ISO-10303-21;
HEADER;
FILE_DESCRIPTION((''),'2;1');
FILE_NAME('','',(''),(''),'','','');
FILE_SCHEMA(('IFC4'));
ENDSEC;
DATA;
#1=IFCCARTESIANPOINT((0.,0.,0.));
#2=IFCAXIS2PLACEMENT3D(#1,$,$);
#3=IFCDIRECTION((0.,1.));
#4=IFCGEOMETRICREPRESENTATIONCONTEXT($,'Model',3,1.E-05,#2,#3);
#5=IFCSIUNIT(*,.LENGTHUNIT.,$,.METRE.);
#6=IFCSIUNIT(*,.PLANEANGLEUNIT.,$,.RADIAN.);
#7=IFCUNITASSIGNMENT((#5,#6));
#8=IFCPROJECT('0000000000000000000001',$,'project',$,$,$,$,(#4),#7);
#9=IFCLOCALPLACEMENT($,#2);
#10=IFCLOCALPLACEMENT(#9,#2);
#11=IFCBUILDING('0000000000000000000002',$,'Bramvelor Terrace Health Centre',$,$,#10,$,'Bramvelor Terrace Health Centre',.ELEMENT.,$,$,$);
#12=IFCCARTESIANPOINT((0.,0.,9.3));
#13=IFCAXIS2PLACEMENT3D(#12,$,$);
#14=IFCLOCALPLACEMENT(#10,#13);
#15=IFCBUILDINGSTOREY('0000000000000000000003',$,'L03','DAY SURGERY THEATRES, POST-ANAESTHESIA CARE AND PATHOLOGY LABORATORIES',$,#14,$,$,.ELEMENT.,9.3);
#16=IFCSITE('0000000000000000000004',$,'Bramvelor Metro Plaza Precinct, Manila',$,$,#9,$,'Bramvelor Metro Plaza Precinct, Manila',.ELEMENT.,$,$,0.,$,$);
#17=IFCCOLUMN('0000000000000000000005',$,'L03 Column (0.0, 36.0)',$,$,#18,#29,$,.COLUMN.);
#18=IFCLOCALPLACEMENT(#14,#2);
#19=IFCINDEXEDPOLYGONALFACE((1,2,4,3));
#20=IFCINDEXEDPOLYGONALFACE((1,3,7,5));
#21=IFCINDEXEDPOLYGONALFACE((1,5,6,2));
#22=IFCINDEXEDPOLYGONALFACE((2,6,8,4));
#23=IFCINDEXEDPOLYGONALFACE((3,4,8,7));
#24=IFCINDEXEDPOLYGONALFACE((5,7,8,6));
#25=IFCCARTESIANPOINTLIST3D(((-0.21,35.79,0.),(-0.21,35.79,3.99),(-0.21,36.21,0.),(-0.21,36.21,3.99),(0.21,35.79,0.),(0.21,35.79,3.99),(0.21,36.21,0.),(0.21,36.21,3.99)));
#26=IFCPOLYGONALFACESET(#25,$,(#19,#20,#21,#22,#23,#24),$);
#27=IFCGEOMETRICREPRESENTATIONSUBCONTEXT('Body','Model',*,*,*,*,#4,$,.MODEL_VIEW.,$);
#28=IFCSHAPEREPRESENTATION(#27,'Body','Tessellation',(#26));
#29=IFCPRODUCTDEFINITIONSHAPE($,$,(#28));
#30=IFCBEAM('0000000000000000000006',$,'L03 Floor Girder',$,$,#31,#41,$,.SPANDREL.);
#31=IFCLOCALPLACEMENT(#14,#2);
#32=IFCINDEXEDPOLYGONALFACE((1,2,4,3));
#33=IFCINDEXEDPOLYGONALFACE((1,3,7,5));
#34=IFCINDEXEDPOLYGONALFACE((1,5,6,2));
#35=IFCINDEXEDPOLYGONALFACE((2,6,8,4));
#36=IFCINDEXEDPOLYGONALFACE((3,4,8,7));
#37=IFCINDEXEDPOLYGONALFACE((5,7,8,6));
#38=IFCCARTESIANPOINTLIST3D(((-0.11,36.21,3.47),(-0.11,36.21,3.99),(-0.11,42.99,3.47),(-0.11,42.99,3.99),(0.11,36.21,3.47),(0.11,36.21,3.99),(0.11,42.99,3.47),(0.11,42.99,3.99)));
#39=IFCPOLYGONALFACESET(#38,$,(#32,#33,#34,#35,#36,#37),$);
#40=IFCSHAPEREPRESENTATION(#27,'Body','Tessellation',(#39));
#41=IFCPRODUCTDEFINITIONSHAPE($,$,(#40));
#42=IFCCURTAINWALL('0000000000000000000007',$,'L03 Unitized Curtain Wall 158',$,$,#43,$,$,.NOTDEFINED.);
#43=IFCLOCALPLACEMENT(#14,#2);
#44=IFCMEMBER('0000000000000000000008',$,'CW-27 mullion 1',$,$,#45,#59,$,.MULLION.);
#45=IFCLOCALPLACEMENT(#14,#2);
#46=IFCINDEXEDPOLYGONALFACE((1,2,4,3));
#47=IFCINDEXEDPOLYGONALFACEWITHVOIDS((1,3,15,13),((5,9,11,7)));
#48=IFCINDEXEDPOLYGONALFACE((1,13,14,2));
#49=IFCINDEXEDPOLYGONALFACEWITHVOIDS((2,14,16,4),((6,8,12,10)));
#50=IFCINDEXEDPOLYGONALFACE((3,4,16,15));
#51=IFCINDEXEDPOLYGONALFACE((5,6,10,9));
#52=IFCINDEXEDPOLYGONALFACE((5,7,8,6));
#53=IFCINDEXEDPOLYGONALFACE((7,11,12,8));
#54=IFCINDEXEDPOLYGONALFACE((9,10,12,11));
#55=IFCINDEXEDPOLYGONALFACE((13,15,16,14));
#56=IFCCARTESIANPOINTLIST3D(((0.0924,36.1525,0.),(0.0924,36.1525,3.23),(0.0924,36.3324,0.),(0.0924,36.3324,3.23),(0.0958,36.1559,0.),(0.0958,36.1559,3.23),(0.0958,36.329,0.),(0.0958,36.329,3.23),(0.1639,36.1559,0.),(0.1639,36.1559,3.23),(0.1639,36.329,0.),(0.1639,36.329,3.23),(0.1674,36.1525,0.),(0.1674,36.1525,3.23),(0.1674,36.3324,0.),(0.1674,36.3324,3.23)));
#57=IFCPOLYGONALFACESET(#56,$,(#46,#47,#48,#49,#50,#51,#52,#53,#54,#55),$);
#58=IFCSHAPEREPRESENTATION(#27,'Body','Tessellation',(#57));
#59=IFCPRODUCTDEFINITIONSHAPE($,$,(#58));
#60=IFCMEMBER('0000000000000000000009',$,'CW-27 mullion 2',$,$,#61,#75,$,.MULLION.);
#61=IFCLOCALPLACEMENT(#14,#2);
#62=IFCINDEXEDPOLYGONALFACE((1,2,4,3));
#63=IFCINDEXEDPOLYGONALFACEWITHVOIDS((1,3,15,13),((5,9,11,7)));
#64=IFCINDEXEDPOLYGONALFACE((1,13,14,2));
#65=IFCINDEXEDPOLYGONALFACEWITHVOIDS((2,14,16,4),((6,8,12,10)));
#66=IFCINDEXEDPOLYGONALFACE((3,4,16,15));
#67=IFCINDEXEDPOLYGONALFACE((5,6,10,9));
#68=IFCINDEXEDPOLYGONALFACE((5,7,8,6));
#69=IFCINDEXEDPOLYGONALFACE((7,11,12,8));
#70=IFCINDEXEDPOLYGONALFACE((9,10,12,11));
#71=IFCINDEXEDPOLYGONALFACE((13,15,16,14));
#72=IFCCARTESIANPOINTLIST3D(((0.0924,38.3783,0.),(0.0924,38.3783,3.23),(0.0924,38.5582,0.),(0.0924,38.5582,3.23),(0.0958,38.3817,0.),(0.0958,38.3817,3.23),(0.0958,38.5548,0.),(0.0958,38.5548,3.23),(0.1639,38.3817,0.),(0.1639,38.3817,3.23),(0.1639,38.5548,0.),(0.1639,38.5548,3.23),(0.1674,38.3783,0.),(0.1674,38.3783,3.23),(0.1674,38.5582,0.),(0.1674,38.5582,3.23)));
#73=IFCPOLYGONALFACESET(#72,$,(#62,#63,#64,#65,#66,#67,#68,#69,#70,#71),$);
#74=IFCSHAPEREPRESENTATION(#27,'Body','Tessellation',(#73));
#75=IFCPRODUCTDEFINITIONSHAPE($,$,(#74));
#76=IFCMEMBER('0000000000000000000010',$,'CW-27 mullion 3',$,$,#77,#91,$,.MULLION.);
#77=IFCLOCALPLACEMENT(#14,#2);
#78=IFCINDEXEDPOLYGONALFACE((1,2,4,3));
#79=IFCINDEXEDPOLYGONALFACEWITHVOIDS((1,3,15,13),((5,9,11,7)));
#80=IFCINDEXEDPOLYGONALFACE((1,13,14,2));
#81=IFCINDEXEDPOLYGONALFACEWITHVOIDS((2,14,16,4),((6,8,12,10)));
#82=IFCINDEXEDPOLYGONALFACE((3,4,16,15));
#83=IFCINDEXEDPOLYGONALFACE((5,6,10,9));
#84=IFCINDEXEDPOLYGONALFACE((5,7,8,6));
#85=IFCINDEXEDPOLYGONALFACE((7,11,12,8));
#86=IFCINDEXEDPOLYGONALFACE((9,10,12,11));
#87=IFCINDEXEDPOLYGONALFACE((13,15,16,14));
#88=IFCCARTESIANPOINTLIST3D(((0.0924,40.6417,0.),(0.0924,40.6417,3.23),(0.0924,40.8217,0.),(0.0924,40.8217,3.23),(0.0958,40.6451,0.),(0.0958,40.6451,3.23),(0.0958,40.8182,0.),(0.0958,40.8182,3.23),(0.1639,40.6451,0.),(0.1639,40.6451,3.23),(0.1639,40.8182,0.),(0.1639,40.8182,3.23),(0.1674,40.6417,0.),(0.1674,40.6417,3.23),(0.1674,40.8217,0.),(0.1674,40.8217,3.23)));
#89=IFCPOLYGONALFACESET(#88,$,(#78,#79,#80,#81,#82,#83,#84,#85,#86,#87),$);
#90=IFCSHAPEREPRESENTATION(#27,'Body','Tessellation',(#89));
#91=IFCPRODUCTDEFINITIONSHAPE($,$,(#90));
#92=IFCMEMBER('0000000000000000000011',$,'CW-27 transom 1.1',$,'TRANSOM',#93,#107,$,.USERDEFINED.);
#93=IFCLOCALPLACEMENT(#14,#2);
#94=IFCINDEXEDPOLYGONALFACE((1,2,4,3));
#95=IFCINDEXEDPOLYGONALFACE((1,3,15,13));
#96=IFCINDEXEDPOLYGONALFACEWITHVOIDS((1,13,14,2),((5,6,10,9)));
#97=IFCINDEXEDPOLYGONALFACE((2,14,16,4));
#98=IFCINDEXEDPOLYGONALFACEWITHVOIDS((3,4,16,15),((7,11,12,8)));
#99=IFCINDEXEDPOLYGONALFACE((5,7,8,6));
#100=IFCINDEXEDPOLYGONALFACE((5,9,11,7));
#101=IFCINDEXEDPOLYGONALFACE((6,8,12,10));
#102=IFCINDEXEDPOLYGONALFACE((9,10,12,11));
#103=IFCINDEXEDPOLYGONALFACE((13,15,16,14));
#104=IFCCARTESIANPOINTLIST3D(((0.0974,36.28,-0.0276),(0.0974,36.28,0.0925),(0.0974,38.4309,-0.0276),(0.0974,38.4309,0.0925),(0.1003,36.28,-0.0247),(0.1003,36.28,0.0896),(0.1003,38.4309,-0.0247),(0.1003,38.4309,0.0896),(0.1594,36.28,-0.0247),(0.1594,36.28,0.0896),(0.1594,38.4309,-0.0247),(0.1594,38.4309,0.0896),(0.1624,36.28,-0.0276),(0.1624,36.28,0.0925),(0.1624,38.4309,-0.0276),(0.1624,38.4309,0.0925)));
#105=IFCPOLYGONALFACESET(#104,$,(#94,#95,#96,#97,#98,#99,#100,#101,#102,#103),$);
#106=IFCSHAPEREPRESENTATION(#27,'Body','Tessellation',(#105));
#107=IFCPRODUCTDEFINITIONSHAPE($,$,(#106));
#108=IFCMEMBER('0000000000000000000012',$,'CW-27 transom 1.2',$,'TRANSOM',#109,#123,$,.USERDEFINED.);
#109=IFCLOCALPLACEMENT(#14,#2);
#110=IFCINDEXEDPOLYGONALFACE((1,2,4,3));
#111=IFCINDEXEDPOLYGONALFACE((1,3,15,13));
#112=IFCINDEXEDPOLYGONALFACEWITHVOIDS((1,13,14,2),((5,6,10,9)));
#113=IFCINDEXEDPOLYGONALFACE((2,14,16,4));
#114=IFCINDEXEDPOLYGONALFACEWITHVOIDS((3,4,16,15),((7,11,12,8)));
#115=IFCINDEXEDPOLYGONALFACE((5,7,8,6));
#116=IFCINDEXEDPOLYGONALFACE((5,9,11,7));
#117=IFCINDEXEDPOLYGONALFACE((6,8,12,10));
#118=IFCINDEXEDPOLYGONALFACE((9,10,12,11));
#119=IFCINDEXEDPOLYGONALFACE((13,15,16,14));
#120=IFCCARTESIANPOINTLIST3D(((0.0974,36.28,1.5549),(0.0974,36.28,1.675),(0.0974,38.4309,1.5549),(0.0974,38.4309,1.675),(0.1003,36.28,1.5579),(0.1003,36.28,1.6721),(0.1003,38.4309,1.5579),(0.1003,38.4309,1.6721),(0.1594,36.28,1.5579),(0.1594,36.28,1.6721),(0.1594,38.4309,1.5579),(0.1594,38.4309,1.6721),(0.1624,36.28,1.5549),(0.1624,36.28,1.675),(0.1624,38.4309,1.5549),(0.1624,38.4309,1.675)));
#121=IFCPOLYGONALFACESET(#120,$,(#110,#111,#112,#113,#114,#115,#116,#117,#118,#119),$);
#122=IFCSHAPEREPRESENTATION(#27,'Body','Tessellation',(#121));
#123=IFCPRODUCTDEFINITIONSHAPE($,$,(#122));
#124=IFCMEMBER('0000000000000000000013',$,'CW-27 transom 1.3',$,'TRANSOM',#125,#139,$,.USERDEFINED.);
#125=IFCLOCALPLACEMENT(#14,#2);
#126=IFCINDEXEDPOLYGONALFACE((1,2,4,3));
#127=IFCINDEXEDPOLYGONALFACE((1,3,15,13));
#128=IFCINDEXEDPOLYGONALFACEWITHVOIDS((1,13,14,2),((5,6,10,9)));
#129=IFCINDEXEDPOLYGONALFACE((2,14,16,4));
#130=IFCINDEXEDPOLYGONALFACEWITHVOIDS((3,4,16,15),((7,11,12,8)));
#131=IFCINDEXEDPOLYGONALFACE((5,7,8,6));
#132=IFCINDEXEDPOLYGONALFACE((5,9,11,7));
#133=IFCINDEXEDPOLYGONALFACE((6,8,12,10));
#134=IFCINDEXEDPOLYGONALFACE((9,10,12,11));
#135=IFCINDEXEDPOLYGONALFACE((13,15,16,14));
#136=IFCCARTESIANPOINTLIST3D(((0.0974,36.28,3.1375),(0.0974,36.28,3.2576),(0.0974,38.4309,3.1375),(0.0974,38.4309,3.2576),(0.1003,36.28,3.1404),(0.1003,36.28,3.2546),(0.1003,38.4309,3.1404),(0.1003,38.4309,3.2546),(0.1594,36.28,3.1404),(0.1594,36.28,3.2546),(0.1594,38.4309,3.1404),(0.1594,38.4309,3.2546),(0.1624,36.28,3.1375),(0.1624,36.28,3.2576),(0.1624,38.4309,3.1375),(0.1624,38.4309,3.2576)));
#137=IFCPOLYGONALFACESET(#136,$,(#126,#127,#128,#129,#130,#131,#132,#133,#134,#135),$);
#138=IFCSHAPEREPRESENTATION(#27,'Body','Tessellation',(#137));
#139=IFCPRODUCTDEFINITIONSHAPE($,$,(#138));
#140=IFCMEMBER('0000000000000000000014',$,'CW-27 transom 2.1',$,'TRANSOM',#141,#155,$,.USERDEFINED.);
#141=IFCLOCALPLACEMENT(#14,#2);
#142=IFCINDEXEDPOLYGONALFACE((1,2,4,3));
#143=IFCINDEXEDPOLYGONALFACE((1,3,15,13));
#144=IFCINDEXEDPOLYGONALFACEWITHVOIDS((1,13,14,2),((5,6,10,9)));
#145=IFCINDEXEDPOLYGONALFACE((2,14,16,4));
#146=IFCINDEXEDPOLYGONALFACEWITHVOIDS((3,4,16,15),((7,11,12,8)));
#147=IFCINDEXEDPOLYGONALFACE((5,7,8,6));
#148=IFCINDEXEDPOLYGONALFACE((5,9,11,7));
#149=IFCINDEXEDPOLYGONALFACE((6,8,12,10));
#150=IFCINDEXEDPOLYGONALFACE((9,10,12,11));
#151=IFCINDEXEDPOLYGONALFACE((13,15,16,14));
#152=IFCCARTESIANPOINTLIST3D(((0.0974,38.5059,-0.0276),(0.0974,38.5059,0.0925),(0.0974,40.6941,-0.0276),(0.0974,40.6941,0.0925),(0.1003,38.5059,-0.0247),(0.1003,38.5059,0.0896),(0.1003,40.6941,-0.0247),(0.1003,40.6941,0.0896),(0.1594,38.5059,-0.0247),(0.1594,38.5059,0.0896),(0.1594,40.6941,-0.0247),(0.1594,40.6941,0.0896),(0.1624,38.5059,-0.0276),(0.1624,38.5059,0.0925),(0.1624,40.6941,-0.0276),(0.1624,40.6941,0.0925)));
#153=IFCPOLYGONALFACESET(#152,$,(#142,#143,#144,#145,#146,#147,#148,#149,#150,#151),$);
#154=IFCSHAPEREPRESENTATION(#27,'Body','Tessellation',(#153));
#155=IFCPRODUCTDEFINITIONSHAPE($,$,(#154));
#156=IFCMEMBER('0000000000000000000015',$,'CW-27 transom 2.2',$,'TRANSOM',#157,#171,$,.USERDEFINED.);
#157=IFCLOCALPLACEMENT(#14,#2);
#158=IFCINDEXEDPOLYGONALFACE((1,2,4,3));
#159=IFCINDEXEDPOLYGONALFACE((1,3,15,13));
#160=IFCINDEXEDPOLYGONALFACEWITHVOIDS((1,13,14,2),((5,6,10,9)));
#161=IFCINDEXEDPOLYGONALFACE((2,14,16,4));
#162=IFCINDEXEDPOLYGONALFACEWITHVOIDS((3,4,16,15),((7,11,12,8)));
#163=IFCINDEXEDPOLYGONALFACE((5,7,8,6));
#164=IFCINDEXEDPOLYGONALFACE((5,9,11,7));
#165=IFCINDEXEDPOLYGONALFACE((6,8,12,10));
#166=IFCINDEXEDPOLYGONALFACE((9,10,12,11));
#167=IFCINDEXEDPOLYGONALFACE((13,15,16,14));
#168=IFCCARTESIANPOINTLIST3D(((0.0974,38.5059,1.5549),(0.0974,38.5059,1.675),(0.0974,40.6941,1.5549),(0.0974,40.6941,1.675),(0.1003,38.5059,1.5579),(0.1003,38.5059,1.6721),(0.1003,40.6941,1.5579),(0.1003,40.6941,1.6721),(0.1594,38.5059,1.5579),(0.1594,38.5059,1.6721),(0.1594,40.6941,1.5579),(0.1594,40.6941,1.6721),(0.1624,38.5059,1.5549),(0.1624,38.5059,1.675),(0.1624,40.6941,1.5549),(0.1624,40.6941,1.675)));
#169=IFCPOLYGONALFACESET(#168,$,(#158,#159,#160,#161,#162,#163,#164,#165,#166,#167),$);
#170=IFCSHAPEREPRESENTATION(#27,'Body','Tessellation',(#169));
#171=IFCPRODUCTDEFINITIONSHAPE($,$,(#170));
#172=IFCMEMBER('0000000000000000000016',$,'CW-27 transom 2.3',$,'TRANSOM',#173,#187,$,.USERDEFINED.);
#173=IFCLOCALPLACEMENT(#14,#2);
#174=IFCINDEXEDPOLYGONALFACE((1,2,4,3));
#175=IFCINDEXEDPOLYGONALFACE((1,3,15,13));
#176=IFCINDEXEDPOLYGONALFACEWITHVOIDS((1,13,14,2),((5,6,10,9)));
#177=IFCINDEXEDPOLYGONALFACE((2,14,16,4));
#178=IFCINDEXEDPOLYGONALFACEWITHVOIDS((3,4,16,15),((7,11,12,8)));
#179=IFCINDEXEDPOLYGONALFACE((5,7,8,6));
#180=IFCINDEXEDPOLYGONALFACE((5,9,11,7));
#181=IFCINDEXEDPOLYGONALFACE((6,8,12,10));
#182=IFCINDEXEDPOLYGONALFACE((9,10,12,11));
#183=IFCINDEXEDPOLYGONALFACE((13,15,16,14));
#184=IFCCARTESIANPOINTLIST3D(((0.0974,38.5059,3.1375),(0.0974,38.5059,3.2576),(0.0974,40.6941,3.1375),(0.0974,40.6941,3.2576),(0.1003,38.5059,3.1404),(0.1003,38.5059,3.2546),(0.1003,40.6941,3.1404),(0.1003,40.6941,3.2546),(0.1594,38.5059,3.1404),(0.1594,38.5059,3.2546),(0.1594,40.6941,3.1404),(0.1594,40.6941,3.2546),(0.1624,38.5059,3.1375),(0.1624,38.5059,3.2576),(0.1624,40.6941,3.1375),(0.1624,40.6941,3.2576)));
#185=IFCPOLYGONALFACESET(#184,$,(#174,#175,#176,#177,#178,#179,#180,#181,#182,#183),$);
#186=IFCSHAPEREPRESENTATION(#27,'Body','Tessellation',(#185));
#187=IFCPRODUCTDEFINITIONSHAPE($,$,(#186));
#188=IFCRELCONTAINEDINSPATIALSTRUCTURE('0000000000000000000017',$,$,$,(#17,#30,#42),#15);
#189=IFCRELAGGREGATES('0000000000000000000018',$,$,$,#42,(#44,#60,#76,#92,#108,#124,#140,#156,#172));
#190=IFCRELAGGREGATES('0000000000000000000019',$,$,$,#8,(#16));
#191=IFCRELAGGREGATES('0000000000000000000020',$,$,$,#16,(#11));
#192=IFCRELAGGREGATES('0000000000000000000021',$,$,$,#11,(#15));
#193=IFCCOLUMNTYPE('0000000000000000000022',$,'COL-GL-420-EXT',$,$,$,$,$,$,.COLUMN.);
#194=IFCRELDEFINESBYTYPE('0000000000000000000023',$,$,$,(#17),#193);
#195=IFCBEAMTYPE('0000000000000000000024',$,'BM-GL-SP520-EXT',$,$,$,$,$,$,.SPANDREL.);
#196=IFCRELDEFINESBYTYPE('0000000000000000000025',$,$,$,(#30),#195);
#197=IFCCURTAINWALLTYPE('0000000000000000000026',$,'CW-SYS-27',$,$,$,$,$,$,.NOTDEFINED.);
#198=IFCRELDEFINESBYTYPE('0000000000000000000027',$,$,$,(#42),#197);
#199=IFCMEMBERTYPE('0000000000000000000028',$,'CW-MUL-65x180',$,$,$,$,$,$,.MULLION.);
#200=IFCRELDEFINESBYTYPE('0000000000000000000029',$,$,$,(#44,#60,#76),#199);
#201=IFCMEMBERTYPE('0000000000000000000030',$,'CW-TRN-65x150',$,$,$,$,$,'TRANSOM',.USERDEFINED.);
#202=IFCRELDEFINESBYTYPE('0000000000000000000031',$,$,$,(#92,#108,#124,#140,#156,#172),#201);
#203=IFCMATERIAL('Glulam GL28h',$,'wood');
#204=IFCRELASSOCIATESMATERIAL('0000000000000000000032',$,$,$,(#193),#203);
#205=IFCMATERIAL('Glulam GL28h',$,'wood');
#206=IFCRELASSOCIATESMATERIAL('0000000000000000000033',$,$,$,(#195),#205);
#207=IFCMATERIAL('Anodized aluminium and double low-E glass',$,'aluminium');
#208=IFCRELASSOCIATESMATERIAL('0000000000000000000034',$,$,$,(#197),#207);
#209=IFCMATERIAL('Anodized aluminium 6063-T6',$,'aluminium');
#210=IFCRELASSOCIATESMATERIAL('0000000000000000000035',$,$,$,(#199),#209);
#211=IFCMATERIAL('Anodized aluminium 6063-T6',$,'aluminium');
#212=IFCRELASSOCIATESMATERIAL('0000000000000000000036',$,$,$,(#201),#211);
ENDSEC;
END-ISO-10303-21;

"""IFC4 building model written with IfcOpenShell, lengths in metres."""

from ifc_helpers import new_model, si_unit, direction, frame, origin, origin_2d, place, context, subcontext, project, spatial, rectangle, hollow_rectangle, extrude, material, material_profile, profile_set, type_object, element, aggregate, save


model = new_model("IFC4")

# Units and contexts
model_context = context("Model", 3, precision=1e-05, world=origin(), true_north=direction((0.0, 1.0)))
body_context = subcontext(model_context, "Body", "Model", "MODEL_VIEW")
ifc_project = project(units=[si_unit("LENGTHUNIT", "METRE"), si_unit("PLANEANGLEUNIT", "RADIAN")], contexts=[model_context])

# Site, building, storey
site_placement = place(None, origin())
site = spatial("IfcSite", under=ifc_project, at=site_placement, Name="Bramvelor Metro Plaza Precinct, Manila", LongName="Bramvelor Metro Plaza Precinct, Manila", CompositionType="ELEMENT", RefElevation=0.0)
building_placement = place(site_placement, origin())
building = spatial("IfcBuilding", under=site, at=building_placement, Name="Bramvelor Terrace Health Centre", LongName="Bramvelor Terrace Health Centre", CompositionType="ELEMENT")
storey_placement = place(building_placement, frame((0.0, 0.0, 9.3)))
storey = spatial("IfcBuildingStorey", under=building, at=storey_placement, Name="L03", Description="DAY SURGERY THEATRES, POST-ANAESTHESIA CARE AND PATHOLOGY LABORATORIES", CompositionType="ELEMENT", Elevation=9.3)

# Column
ifc_material_1 = material(Name="Glulam GL28h", Category="wood")
ifc_material_profile_1 = material_profile(ifc_material_1, rectangle(XDim=0.4199, YDim=0.4199, at=origin_2d()), Name="GL 420x420")
ifc_profile_set_1 = profile_set([ifc_material_profile_1], Name="Glulam GL28h")
column_type = type_object("IfcColumnType", Name="COL-GL-420-EXT", PredefinedType="COLUMN", material=ifc_profile_set_1)
column_placement = place(storey_placement, frame((0.0, 36.0, 0.0), z_axis=(0.0, 0.0, 1.0), x_axis=(1.0, 0.0, 0.0)))
element("IfcColumn", 1, at=column_placement, inside=storey, type_object=column_type, Name="L03 Column (0.0, 36.0)", PredefinedType="COLUMN", context=body_context, shape_type="SweptSolid", body=[
    extrude(rectangle(XDim=0.4199, YDim=0.4199, at=origin_2d()), origin(), (0.0, 0.0, 1.0), 3.99),
])

# Beam
ifc_material_2 = material(Name="Glulam GL28h", Category="wood")
ifc_material_profile_2 = material_profile(ifc_material_2, rectangle(XDim=0.22, YDim=0.52, at=origin_2d()), Name="GL 220x520")
ifc_profile_set_2 = profile_set([ifc_material_profile_2], Name="Glulam GL28h")
beam_type = type_object("IfcBeamType", Name="BM-GL-SP520-EXT", PredefinedType="SPANDREL", material=ifc_profile_set_2)
beam_placement = place(storey_placement, frame((0.0, 36.21, 3.73), z_axis=(0.0, 1.0, 0.0), x_axis=(-1.0, 0.0, 0.0)))
element("IfcBeam", 2, at=beam_placement, inside=storey, type_object=beam_type, Name="L03 Floor Girder", PredefinedType="SPANDREL", context=body_context, shape_type="SweptSolid", body=[
    extrude(rectangle(XDim=0.22, YDim=0.52, at=origin_2d()), origin(), (0.0, 0.0, 1.0), 6.78),
])

# Curtain wall, members
ifc_material_3 = material(Name="Anodized aluminium and double low-E glass", Category="aluminium")
curtain_wall_type = type_object("IfcCurtainWallType", Name="CW-SYS-27", PredefinedType="NOTDEFINED", material=ifc_material_3)
curtain_wall_placement = place(storey_placement, origin())
curtain_wall = element("IfcCurtainWall", 3, at=curtain_wall_placement, inside=storey, type_object=curtain_wall_type, Name="L03 Unitized Curtain Wall 158", PredefinedType="NOTDEFINED")
ifc_material_4 = material(Name="Anodized aluminium 6063-T6", Category="aluminium")
ifc_material_profile_3 = material_profile(ifc_material_4, hollow_rectangle(XDim=0.075, YDim=0.1799, WallThickness=0.0034, at=origin_2d()), Name="ALU-MUL 75x180x3.5")
ifc_profile_set_3 = profile_set([ifc_material_profile_3], Name="Anodized aluminium 6063-T6")
member_type_1 = type_object("IfcMemberType", Name="CW-MUL-65x180", PredefinedType="MULLION", material=ifc_profile_set_3)
member_1_placement = place(storey_placement, frame((0.1299, 36.2424, 0.0), z_axis=(0.0, 0.0, 1.0), x_axis=(-1.0, 0.0, 0.0)))
member_1 = element("IfcMember", 4, at=member_1_placement, type_object=member_type_1, Name="CW-27 mullion 1", PredefinedType="MULLION", context=body_context, shape_type="SweptSolid", body=[
    extrude(hollow_rectangle(XDim=0.075, YDim=0.1799, WallThickness=0.0034, at=origin_2d()), origin(), (0.0, 0.0, 1.0), 3.23),
])
member_2_placement = place(storey_placement, frame((0.1299, 38.4683, 0.0), z_axis=(0.0, 0.0, 1.0), x_axis=(-1.0, 0.0, 0.0)))
member_2 = element("IfcMember", 5, at=member_2_placement, type_object=member_type_1, Name="CW-27 mullion 2", PredefinedType="MULLION", context=body_context, shape_type="SweptSolid", body=[
    extrude(hollow_rectangle(XDim=0.075, YDim=0.1799, WallThickness=0.0034, at=origin_2d()), origin(), (0.0, 0.0, 1.0), 3.23),
])
member_3_placement = place(storey_placement, frame((0.1299, 40.7317, 0.0), z_axis=(0.0, 0.0, 1.0), x_axis=(-1.0, 0.0, 0.0)))
member_3 = element("IfcMember", 6, at=member_3_placement, type_object=member_type_1, Name="CW-27 mullion 3", PredefinedType="MULLION", context=body_context, shape_type="SweptSolid", body=[
    extrude(hollow_rectangle(XDim=0.075, YDim=0.1799, WallThickness=0.0034, at=origin_2d()), origin(), (0.0, 0.0, 1.0), 3.23),
])
ifc_material_5 = material(Name="Anodized aluminium 6063-T6", Category="aluminium")
ifc_material_profile_4 = material_profile(ifc_material_5, hollow_rectangle(XDim=0.0649, YDim=0.1201, WallThickness=0.0029, at=origin_2d()), Name="ALU-TRN 65x120x3.0")
ifc_profile_set_4 = profile_set([ifc_material_profile_4], Name="Anodized aluminium 6063-T6")
member_type_2 = type_object("IfcMemberType", Name="CW-TRN-65x150", ElementType="TRANSOM", PredefinedType="USERDEFINED", material=ifc_profile_set_4)
member_4_placement = place(storey_placement, frame((0.1299, 36.28, 0.0325), z_axis=(0.0, 1.0, 0.0), x_axis=(-1.0, 0.0, 0.0)))
member_4 = element("IfcMember", 7, at=member_4_placement, type_object=member_type_2, Name="CW-27 transom 1.1", ObjectType="TRANSOM", PredefinedType="USERDEFINED", context=body_context, shape_type="SweptSolid", body=[
    extrude(hollow_rectangle(XDim=0.0649, YDim=0.1201, WallThickness=0.0029, at=origin_2d()), origin(), (0.0, 0.0, 1.0), 2.1509),
])
member_5_placement = place(storey_placement, frame((0.1299, 36.28, 1.615), z_axis=(0.0, 1.0, 0.0), x_axis=(-1.0, 0.0, 0.0)))
member_5 = element("IfcMember", 8, at=member_5_placement, type_object=member_type_2, Name="CW-27 transom 1.2", ObjectType="TRANSOM", PredefinedType="USERDEFINED", context=body_context, shape_type="SweptSolid", body=[
    extrude(hollow_rectangle(XDim=0.0649, YDim=0.1201, WallThickness=0.0029, at=origin_2d()), origin(), (0.0, 0.0, 1.0), 2.1509),
])
member_6_placement = place(storey_placement, frame((0.1299, 36.28, 3.1975), z_axis=(0.0, 1.0, 0.0), x_axis=(-1.0, 0.0, 0.0)))
member_6 = element("IfcMember", 9, at=member_6_placement, type_object=member_type_2, Name="CW-27 transom 1.3", ObjectType="TRANSOM", PredefinedType="USERDEFINED", context=body_context, shape_type="SweptSolid", body=[
    extrude(hollow_rectangle(XDim=0.0649, YDim=0.1201, WallThickness=0.0029, at=origin_2d()), origin(), (0.0, 0.0, 1.0), 2.1509),
])
member_7_placement = place(storey_placement, frame((0.1299, 38.5059, 0.0325), z_axis=(0.0, 1.0, 0.0), x_axis=(-1.0, 0.0, 0.0)))
member_7 = element("IfcMember", 10, at=member_7_placement, type_object=member_type_2, Name="CW-27 transom 2.1", ObjectType="TRANSOM", PredefinedType="USERDEFINED", context=body_context, shape_type="SweptSolid", body=[
    extrude(hollow_rectangle(XDim=0.0649, YDim=0.1201, WallThickness=0.0029, at=origin_2d()), origin(), (0.0, 0.0, 1.0), 2.1882),
])
member_8_placement = place(storey_placement, frame((0.1299, 38.5059, 1.615), z_axis=(0.0, 1.0, 0.0), x_axis=(-1.0, 0.0, 0.0)))
member_8 = element("IfcMember", 11, at=member_8_placement, type_object=member_type_2, Name="CW-27 transom 2.2", ObjectType="TRANSOM", PredefinedType="USERDEFINED", context=body_context, shape_type="SweptSolid", body=[
    extrude(hollow_rectangle(XDim=0.0649, YDim=0.1201, WallThickness=0.0029, at=origin_2d()), origin(), (0.0, 0.0, 1.0), 2.1882),
])
member_9_placement = place(storey_placement, frame((0.1299, 38.5059, 3.1975), z_axis=(0.0, 1.0, 0.0), x_axis=(-1.0, 0.0, 0.0)))
member_9 = element("IfcMember", 12, at=member_9_placement, type_object=member_type_2, Name="CW-27 transom 2.3", ObjectType="TRANSOM", PredefinedType="USERDEFINED", context=body_context, shape_type="SweptSolid", body=[
    extrude(hollow_rectangle(XDim=0.0649, YDim=0.1201, WallThickness=0.0029, at=origin_2d()), origin(), (0.0, 0.0, 1.0), 2.1882),
])
aggregate(curtain_wall, [member_1, member_2, member_3, member_4, member_5, member_6, member_7, member_8, member_9])

save(model, "model.ifc")
